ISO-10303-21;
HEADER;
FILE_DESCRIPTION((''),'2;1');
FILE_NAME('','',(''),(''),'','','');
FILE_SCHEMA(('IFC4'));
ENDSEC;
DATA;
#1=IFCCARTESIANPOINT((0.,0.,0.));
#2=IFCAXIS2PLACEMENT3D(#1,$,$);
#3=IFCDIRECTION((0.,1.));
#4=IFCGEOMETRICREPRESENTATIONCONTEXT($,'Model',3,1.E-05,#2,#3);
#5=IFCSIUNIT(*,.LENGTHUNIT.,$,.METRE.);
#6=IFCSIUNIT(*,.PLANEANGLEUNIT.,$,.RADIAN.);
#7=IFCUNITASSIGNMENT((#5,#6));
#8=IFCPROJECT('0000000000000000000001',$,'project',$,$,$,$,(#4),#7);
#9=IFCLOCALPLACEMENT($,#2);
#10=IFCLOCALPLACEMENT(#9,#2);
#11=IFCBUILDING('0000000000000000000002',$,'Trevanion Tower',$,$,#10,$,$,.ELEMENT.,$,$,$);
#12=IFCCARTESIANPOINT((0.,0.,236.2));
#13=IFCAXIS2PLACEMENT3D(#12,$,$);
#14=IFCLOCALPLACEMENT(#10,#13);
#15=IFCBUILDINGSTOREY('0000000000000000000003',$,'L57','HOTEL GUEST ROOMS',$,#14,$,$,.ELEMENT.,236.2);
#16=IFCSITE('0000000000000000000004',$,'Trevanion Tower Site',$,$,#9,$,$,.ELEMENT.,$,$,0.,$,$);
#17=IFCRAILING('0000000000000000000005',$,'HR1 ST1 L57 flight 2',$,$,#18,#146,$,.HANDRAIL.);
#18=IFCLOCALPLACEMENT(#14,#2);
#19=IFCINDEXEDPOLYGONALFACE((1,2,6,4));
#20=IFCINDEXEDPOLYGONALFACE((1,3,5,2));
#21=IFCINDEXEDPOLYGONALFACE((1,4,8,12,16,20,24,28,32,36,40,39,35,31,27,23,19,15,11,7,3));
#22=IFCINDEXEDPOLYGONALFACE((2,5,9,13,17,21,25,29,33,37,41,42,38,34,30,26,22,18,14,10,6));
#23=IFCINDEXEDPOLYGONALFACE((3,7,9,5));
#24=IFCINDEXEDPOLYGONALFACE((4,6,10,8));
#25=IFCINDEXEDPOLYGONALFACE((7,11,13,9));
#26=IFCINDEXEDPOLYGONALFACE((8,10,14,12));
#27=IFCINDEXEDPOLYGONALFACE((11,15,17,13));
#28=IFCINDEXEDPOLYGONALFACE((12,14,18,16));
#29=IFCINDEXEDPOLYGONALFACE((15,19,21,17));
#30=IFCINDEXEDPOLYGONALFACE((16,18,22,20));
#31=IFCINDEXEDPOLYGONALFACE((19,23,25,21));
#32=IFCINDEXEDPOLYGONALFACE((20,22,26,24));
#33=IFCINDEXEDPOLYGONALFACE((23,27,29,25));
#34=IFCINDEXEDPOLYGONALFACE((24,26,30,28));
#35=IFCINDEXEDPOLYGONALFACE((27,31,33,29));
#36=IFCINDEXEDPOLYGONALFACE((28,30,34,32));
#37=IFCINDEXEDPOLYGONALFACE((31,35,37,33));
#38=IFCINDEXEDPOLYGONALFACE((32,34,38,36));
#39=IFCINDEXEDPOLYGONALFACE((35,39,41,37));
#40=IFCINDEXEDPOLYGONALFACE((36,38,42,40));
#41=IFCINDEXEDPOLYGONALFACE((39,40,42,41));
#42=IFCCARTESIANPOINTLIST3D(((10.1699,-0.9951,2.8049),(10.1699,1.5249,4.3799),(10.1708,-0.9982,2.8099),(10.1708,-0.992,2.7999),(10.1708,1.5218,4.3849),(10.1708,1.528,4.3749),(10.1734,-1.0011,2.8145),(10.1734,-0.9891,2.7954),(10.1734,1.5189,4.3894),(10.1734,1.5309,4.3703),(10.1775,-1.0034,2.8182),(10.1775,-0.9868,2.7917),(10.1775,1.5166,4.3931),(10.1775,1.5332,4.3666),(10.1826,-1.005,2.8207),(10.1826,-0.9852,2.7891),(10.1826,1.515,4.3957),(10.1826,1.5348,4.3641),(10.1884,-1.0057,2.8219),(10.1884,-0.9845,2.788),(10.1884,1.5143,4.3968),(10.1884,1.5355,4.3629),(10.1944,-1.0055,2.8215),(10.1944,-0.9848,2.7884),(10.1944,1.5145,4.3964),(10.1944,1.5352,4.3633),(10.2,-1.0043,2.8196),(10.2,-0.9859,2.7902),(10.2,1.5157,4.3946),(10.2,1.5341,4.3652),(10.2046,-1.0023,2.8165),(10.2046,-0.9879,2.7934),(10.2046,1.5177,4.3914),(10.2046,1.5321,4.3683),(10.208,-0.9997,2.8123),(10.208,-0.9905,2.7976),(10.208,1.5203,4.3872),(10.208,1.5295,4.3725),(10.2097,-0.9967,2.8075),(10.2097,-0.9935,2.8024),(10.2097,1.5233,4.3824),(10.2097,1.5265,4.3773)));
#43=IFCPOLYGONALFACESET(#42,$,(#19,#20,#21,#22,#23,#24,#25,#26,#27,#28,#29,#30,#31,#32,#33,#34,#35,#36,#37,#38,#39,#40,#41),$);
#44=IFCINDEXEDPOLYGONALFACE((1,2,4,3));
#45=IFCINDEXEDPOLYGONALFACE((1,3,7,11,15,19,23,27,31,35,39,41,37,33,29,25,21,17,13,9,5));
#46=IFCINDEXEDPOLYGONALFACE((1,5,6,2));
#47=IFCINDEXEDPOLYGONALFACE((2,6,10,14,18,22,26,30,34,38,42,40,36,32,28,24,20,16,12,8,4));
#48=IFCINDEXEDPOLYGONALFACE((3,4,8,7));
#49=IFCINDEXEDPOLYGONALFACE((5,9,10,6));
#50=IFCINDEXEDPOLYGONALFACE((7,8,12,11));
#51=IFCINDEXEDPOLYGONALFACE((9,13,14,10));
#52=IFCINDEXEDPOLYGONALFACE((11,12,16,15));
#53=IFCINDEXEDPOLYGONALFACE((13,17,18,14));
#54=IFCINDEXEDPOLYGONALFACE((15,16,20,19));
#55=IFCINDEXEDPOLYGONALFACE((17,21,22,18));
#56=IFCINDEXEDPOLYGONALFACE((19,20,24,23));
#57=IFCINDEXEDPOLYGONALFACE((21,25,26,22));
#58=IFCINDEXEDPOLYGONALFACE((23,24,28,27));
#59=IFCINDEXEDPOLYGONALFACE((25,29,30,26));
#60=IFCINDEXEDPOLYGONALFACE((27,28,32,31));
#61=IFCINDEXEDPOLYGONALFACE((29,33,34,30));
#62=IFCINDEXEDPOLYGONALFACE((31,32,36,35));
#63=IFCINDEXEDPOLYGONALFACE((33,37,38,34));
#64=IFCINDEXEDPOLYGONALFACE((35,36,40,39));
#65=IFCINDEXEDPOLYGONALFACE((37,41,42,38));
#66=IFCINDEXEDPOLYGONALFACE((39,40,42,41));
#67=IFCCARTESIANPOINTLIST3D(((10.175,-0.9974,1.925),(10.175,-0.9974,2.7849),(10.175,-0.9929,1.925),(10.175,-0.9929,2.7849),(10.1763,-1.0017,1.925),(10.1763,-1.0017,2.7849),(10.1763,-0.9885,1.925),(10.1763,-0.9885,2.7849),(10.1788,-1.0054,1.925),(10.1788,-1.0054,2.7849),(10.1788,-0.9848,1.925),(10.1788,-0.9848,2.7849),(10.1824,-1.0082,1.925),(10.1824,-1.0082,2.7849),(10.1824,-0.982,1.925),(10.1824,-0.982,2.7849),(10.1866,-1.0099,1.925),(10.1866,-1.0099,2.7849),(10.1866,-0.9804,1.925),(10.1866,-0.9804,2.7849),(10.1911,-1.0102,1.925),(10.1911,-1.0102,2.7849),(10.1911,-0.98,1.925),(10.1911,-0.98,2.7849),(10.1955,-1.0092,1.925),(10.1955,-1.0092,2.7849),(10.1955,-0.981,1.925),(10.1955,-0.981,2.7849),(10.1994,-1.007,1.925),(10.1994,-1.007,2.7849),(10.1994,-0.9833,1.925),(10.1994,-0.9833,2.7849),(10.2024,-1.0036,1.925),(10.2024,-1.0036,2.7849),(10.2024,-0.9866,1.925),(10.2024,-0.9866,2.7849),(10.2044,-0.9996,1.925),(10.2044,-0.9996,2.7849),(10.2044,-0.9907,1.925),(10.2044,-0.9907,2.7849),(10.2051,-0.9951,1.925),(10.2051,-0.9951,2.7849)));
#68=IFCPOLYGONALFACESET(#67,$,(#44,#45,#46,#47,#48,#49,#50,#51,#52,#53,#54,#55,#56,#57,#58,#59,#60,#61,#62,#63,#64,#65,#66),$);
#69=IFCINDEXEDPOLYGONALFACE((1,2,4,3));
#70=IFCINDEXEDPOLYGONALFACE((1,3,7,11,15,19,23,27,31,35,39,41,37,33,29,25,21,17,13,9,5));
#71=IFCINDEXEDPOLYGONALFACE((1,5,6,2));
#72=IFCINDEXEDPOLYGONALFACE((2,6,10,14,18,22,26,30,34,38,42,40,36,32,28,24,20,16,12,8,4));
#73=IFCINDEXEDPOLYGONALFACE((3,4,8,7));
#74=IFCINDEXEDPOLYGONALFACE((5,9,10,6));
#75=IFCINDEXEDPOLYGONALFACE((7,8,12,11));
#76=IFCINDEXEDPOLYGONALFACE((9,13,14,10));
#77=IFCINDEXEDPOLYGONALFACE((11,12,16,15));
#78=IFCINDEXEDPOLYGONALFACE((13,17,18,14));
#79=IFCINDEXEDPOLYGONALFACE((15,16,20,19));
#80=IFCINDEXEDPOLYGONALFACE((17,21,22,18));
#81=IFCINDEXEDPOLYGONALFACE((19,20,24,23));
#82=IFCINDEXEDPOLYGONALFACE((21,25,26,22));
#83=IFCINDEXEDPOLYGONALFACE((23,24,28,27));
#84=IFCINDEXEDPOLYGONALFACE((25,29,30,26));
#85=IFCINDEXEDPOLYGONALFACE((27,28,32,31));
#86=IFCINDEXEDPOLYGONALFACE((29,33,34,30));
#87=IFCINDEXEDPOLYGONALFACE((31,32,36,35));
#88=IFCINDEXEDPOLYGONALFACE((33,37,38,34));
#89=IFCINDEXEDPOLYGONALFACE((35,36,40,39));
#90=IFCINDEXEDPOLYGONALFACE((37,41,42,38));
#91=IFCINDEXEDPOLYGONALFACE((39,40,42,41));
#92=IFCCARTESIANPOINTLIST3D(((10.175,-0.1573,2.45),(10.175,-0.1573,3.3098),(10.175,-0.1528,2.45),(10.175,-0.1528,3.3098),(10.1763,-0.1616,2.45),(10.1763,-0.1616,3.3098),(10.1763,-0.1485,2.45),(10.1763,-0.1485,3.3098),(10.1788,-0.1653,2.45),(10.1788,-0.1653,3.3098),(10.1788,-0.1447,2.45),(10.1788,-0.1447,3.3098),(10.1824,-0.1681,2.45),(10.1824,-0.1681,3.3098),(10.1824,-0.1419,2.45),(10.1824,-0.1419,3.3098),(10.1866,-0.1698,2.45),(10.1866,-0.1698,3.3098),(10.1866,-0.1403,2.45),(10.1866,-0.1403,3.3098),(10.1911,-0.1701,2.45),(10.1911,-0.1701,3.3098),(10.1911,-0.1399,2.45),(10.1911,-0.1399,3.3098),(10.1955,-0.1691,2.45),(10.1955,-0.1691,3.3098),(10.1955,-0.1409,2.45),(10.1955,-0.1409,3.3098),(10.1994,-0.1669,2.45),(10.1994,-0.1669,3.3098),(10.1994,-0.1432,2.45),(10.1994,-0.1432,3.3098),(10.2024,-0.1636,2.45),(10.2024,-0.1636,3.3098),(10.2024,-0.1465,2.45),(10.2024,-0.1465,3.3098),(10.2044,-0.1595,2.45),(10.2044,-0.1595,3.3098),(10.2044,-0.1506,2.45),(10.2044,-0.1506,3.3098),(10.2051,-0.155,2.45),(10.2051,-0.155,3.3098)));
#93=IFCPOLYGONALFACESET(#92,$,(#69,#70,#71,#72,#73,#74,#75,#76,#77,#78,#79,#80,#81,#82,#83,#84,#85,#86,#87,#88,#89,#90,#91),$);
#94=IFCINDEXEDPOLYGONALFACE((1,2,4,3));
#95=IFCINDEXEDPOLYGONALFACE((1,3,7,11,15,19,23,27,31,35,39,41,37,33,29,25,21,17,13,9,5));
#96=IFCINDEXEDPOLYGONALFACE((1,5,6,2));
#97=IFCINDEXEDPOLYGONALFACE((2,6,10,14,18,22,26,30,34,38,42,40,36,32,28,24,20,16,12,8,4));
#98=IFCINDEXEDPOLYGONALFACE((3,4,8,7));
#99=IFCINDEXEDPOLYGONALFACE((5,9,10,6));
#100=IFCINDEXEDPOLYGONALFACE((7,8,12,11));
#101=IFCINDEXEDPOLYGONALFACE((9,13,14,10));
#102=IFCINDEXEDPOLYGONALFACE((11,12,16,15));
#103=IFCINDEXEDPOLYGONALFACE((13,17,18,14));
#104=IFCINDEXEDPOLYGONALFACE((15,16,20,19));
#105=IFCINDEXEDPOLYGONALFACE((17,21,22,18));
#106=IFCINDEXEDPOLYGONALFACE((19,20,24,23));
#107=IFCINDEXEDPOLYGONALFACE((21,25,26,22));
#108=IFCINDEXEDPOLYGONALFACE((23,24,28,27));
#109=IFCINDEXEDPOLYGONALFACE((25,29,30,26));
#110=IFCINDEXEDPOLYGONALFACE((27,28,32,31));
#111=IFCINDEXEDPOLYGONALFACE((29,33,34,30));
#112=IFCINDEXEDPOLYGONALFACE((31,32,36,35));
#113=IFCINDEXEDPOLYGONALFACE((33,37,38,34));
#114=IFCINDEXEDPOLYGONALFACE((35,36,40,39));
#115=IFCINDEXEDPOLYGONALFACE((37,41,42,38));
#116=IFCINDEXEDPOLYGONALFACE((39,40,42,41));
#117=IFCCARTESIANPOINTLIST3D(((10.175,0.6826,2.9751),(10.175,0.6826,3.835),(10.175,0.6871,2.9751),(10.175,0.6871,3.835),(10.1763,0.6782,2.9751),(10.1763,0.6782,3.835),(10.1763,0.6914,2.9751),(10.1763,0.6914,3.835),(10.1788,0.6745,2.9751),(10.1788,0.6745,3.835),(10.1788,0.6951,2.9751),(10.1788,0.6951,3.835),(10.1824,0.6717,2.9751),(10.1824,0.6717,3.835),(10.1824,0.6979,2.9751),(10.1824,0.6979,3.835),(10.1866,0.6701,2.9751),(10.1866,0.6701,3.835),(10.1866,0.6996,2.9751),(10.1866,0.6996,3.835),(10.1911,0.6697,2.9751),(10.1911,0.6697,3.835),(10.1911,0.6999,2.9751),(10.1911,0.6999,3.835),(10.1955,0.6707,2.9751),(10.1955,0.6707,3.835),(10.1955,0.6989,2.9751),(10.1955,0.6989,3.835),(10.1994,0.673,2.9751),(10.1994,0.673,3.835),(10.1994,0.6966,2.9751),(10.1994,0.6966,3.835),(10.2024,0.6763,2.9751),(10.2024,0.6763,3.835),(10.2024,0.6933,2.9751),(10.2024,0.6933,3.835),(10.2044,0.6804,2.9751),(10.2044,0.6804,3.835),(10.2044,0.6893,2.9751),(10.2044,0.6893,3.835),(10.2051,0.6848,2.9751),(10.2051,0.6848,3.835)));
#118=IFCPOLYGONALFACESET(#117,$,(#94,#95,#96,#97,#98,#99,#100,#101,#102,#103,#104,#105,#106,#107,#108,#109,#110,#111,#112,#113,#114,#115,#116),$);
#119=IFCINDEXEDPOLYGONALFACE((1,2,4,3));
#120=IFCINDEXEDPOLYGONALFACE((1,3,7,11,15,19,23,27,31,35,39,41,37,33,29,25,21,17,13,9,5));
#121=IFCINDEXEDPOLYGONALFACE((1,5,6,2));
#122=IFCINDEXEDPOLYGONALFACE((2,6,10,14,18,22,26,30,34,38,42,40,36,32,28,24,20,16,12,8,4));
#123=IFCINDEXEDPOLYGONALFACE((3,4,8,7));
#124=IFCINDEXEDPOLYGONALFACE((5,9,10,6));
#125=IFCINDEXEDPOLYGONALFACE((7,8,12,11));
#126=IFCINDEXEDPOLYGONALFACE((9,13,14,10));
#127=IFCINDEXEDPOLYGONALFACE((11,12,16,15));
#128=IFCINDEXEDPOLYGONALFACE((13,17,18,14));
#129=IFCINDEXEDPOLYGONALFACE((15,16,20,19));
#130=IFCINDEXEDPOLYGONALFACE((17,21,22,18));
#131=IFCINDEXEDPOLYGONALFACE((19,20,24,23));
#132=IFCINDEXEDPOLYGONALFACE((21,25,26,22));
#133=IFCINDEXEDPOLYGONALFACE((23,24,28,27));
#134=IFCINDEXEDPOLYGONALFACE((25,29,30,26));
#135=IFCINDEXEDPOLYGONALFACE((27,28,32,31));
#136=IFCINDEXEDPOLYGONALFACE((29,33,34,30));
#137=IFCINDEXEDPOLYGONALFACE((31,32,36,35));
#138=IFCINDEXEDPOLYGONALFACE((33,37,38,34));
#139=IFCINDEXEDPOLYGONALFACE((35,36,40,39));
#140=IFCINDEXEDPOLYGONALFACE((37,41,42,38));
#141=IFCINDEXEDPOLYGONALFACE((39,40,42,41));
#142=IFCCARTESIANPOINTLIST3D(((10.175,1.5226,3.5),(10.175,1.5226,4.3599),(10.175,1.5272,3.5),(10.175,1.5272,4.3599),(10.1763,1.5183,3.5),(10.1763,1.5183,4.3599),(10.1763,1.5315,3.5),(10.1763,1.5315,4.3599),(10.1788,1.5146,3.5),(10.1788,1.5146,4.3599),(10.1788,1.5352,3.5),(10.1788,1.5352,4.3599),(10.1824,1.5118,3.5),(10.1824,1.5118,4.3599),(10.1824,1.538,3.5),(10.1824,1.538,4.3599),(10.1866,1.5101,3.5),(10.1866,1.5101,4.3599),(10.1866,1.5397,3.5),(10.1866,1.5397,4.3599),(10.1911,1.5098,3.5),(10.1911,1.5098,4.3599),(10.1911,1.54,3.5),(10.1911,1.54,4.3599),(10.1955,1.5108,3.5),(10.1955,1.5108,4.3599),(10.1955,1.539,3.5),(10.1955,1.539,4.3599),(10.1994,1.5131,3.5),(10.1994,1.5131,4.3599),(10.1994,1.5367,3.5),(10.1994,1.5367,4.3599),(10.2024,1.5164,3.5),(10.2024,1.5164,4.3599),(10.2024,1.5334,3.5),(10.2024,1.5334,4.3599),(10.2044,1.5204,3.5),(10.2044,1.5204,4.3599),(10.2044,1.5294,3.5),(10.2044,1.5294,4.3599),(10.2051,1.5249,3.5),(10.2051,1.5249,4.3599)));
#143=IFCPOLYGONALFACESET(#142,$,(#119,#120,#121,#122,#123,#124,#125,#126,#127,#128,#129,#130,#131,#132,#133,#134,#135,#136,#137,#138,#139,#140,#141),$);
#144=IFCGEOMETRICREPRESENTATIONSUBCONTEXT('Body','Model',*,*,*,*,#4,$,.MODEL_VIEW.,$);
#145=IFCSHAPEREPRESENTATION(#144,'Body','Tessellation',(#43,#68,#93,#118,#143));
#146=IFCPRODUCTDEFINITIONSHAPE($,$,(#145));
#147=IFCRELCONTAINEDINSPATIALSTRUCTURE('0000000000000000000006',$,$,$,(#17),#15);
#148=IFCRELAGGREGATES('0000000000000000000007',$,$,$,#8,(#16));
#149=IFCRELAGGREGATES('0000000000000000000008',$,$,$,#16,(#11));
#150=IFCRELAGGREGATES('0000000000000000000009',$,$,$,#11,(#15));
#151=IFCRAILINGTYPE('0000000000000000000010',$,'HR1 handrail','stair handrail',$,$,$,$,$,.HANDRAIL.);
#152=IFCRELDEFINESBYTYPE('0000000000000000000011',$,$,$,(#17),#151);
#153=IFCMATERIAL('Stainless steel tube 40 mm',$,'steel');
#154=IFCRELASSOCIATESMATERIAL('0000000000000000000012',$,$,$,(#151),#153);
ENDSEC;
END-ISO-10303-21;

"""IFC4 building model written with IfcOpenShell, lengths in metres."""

from ifc_helpers import new_model, si_unit, direction, frame, origin, origin_2d, place, context, subcontext, project, spatial, circle, extrude, material, type_object, element, save


model = new_model("IFC4")

# Units and contexts
model_context = context("Model", 3, precision=1e-05, world=origin(), true_north=direction((0.0, 1.0)))
body_context = subcontext(model_context, "Body", "Model", "MODEL_VIEW")
ifc_project = project(units=[si_unit("LENGTHUNIT", "METRE"), si_unit("PLANEANGLEUNIT", "RADIAN")], contexts=[model_context])

# Site, building, storey
site_placement = place(None, origin())
site = spatial("IfcSite", under=ifc_project, at=site_placement, Name="Trevanion Tower Site", CompositionType="ELEMENT", RefElevation=0.0)
building_placement = place(site_placement, origin())
building = spatial("IfcBuilding", under=site, at=building_placement, Name="Trevanion Tower", CompositionType="ELEMENT")
storey_placement = place(building_placement, frame((0.0, 0.0, 236.2)))
storey = spatial("IfcBuildingStorey", under=building, at=storey_placement, Name="L57", Description="HOTEL GUEST ROOMS", CompositionType="ELEMENT", Elevation=236.2)

# Railing
ifc_material_1 = material(Name="Stainless steel tube 40 mm", Category="steel")
railing_type = type_object("IfcRailingType", Name="HR1 handrail", Description="stair handrail", PredefinedType="HANDRAIL", material=ifc_material_1)
for number, where, name in (
    (1, (10.1899, -0.9951, 1.925), "HR1 ST1 L57 flight 2"),
):
    element("IfcRailing", number, at=place(storey_placement, frame(where)), inside=storey, type_object=railing_type, Name=name, PredefinedType="HANDRAIL", context=body_context, shape_type="SweptSolid", body=[
        extrude(circle(Radius=0.02, at=origin_2d()), frame((0.0, 0.0, 0.8799), z_axis=(0.0, 0.848008, 0.529984), x_axis=(-1.0, 0.0, 0.0)), (0.0, 0.0, 1.0), 2.9717),
        extrude(circle(Radius=0.0151, at=origin_2d()), origin(), (0.0, 0.0, 1.0), 0.8599),
        extrude(circle(Radius=0.0151, at=origin_2d()), frame((0.0, 0.8401, 0.5249)), (0.0, 0.0, 1.0), 0.8599),
        extrude(circle(Radius=0.0151, at=origin_2d()), frame((0.0, 1.6799, 1.05)), (0.0, 0.0, 1.0), 0.8599),
        extrude(circle(Radius=0.0151, at=origin_2d()), frame((0.0, 2.52, 1.575)), (0.0, 0.0, 1.0), 0.8599),
    ])

save(model, "model.ifc")
